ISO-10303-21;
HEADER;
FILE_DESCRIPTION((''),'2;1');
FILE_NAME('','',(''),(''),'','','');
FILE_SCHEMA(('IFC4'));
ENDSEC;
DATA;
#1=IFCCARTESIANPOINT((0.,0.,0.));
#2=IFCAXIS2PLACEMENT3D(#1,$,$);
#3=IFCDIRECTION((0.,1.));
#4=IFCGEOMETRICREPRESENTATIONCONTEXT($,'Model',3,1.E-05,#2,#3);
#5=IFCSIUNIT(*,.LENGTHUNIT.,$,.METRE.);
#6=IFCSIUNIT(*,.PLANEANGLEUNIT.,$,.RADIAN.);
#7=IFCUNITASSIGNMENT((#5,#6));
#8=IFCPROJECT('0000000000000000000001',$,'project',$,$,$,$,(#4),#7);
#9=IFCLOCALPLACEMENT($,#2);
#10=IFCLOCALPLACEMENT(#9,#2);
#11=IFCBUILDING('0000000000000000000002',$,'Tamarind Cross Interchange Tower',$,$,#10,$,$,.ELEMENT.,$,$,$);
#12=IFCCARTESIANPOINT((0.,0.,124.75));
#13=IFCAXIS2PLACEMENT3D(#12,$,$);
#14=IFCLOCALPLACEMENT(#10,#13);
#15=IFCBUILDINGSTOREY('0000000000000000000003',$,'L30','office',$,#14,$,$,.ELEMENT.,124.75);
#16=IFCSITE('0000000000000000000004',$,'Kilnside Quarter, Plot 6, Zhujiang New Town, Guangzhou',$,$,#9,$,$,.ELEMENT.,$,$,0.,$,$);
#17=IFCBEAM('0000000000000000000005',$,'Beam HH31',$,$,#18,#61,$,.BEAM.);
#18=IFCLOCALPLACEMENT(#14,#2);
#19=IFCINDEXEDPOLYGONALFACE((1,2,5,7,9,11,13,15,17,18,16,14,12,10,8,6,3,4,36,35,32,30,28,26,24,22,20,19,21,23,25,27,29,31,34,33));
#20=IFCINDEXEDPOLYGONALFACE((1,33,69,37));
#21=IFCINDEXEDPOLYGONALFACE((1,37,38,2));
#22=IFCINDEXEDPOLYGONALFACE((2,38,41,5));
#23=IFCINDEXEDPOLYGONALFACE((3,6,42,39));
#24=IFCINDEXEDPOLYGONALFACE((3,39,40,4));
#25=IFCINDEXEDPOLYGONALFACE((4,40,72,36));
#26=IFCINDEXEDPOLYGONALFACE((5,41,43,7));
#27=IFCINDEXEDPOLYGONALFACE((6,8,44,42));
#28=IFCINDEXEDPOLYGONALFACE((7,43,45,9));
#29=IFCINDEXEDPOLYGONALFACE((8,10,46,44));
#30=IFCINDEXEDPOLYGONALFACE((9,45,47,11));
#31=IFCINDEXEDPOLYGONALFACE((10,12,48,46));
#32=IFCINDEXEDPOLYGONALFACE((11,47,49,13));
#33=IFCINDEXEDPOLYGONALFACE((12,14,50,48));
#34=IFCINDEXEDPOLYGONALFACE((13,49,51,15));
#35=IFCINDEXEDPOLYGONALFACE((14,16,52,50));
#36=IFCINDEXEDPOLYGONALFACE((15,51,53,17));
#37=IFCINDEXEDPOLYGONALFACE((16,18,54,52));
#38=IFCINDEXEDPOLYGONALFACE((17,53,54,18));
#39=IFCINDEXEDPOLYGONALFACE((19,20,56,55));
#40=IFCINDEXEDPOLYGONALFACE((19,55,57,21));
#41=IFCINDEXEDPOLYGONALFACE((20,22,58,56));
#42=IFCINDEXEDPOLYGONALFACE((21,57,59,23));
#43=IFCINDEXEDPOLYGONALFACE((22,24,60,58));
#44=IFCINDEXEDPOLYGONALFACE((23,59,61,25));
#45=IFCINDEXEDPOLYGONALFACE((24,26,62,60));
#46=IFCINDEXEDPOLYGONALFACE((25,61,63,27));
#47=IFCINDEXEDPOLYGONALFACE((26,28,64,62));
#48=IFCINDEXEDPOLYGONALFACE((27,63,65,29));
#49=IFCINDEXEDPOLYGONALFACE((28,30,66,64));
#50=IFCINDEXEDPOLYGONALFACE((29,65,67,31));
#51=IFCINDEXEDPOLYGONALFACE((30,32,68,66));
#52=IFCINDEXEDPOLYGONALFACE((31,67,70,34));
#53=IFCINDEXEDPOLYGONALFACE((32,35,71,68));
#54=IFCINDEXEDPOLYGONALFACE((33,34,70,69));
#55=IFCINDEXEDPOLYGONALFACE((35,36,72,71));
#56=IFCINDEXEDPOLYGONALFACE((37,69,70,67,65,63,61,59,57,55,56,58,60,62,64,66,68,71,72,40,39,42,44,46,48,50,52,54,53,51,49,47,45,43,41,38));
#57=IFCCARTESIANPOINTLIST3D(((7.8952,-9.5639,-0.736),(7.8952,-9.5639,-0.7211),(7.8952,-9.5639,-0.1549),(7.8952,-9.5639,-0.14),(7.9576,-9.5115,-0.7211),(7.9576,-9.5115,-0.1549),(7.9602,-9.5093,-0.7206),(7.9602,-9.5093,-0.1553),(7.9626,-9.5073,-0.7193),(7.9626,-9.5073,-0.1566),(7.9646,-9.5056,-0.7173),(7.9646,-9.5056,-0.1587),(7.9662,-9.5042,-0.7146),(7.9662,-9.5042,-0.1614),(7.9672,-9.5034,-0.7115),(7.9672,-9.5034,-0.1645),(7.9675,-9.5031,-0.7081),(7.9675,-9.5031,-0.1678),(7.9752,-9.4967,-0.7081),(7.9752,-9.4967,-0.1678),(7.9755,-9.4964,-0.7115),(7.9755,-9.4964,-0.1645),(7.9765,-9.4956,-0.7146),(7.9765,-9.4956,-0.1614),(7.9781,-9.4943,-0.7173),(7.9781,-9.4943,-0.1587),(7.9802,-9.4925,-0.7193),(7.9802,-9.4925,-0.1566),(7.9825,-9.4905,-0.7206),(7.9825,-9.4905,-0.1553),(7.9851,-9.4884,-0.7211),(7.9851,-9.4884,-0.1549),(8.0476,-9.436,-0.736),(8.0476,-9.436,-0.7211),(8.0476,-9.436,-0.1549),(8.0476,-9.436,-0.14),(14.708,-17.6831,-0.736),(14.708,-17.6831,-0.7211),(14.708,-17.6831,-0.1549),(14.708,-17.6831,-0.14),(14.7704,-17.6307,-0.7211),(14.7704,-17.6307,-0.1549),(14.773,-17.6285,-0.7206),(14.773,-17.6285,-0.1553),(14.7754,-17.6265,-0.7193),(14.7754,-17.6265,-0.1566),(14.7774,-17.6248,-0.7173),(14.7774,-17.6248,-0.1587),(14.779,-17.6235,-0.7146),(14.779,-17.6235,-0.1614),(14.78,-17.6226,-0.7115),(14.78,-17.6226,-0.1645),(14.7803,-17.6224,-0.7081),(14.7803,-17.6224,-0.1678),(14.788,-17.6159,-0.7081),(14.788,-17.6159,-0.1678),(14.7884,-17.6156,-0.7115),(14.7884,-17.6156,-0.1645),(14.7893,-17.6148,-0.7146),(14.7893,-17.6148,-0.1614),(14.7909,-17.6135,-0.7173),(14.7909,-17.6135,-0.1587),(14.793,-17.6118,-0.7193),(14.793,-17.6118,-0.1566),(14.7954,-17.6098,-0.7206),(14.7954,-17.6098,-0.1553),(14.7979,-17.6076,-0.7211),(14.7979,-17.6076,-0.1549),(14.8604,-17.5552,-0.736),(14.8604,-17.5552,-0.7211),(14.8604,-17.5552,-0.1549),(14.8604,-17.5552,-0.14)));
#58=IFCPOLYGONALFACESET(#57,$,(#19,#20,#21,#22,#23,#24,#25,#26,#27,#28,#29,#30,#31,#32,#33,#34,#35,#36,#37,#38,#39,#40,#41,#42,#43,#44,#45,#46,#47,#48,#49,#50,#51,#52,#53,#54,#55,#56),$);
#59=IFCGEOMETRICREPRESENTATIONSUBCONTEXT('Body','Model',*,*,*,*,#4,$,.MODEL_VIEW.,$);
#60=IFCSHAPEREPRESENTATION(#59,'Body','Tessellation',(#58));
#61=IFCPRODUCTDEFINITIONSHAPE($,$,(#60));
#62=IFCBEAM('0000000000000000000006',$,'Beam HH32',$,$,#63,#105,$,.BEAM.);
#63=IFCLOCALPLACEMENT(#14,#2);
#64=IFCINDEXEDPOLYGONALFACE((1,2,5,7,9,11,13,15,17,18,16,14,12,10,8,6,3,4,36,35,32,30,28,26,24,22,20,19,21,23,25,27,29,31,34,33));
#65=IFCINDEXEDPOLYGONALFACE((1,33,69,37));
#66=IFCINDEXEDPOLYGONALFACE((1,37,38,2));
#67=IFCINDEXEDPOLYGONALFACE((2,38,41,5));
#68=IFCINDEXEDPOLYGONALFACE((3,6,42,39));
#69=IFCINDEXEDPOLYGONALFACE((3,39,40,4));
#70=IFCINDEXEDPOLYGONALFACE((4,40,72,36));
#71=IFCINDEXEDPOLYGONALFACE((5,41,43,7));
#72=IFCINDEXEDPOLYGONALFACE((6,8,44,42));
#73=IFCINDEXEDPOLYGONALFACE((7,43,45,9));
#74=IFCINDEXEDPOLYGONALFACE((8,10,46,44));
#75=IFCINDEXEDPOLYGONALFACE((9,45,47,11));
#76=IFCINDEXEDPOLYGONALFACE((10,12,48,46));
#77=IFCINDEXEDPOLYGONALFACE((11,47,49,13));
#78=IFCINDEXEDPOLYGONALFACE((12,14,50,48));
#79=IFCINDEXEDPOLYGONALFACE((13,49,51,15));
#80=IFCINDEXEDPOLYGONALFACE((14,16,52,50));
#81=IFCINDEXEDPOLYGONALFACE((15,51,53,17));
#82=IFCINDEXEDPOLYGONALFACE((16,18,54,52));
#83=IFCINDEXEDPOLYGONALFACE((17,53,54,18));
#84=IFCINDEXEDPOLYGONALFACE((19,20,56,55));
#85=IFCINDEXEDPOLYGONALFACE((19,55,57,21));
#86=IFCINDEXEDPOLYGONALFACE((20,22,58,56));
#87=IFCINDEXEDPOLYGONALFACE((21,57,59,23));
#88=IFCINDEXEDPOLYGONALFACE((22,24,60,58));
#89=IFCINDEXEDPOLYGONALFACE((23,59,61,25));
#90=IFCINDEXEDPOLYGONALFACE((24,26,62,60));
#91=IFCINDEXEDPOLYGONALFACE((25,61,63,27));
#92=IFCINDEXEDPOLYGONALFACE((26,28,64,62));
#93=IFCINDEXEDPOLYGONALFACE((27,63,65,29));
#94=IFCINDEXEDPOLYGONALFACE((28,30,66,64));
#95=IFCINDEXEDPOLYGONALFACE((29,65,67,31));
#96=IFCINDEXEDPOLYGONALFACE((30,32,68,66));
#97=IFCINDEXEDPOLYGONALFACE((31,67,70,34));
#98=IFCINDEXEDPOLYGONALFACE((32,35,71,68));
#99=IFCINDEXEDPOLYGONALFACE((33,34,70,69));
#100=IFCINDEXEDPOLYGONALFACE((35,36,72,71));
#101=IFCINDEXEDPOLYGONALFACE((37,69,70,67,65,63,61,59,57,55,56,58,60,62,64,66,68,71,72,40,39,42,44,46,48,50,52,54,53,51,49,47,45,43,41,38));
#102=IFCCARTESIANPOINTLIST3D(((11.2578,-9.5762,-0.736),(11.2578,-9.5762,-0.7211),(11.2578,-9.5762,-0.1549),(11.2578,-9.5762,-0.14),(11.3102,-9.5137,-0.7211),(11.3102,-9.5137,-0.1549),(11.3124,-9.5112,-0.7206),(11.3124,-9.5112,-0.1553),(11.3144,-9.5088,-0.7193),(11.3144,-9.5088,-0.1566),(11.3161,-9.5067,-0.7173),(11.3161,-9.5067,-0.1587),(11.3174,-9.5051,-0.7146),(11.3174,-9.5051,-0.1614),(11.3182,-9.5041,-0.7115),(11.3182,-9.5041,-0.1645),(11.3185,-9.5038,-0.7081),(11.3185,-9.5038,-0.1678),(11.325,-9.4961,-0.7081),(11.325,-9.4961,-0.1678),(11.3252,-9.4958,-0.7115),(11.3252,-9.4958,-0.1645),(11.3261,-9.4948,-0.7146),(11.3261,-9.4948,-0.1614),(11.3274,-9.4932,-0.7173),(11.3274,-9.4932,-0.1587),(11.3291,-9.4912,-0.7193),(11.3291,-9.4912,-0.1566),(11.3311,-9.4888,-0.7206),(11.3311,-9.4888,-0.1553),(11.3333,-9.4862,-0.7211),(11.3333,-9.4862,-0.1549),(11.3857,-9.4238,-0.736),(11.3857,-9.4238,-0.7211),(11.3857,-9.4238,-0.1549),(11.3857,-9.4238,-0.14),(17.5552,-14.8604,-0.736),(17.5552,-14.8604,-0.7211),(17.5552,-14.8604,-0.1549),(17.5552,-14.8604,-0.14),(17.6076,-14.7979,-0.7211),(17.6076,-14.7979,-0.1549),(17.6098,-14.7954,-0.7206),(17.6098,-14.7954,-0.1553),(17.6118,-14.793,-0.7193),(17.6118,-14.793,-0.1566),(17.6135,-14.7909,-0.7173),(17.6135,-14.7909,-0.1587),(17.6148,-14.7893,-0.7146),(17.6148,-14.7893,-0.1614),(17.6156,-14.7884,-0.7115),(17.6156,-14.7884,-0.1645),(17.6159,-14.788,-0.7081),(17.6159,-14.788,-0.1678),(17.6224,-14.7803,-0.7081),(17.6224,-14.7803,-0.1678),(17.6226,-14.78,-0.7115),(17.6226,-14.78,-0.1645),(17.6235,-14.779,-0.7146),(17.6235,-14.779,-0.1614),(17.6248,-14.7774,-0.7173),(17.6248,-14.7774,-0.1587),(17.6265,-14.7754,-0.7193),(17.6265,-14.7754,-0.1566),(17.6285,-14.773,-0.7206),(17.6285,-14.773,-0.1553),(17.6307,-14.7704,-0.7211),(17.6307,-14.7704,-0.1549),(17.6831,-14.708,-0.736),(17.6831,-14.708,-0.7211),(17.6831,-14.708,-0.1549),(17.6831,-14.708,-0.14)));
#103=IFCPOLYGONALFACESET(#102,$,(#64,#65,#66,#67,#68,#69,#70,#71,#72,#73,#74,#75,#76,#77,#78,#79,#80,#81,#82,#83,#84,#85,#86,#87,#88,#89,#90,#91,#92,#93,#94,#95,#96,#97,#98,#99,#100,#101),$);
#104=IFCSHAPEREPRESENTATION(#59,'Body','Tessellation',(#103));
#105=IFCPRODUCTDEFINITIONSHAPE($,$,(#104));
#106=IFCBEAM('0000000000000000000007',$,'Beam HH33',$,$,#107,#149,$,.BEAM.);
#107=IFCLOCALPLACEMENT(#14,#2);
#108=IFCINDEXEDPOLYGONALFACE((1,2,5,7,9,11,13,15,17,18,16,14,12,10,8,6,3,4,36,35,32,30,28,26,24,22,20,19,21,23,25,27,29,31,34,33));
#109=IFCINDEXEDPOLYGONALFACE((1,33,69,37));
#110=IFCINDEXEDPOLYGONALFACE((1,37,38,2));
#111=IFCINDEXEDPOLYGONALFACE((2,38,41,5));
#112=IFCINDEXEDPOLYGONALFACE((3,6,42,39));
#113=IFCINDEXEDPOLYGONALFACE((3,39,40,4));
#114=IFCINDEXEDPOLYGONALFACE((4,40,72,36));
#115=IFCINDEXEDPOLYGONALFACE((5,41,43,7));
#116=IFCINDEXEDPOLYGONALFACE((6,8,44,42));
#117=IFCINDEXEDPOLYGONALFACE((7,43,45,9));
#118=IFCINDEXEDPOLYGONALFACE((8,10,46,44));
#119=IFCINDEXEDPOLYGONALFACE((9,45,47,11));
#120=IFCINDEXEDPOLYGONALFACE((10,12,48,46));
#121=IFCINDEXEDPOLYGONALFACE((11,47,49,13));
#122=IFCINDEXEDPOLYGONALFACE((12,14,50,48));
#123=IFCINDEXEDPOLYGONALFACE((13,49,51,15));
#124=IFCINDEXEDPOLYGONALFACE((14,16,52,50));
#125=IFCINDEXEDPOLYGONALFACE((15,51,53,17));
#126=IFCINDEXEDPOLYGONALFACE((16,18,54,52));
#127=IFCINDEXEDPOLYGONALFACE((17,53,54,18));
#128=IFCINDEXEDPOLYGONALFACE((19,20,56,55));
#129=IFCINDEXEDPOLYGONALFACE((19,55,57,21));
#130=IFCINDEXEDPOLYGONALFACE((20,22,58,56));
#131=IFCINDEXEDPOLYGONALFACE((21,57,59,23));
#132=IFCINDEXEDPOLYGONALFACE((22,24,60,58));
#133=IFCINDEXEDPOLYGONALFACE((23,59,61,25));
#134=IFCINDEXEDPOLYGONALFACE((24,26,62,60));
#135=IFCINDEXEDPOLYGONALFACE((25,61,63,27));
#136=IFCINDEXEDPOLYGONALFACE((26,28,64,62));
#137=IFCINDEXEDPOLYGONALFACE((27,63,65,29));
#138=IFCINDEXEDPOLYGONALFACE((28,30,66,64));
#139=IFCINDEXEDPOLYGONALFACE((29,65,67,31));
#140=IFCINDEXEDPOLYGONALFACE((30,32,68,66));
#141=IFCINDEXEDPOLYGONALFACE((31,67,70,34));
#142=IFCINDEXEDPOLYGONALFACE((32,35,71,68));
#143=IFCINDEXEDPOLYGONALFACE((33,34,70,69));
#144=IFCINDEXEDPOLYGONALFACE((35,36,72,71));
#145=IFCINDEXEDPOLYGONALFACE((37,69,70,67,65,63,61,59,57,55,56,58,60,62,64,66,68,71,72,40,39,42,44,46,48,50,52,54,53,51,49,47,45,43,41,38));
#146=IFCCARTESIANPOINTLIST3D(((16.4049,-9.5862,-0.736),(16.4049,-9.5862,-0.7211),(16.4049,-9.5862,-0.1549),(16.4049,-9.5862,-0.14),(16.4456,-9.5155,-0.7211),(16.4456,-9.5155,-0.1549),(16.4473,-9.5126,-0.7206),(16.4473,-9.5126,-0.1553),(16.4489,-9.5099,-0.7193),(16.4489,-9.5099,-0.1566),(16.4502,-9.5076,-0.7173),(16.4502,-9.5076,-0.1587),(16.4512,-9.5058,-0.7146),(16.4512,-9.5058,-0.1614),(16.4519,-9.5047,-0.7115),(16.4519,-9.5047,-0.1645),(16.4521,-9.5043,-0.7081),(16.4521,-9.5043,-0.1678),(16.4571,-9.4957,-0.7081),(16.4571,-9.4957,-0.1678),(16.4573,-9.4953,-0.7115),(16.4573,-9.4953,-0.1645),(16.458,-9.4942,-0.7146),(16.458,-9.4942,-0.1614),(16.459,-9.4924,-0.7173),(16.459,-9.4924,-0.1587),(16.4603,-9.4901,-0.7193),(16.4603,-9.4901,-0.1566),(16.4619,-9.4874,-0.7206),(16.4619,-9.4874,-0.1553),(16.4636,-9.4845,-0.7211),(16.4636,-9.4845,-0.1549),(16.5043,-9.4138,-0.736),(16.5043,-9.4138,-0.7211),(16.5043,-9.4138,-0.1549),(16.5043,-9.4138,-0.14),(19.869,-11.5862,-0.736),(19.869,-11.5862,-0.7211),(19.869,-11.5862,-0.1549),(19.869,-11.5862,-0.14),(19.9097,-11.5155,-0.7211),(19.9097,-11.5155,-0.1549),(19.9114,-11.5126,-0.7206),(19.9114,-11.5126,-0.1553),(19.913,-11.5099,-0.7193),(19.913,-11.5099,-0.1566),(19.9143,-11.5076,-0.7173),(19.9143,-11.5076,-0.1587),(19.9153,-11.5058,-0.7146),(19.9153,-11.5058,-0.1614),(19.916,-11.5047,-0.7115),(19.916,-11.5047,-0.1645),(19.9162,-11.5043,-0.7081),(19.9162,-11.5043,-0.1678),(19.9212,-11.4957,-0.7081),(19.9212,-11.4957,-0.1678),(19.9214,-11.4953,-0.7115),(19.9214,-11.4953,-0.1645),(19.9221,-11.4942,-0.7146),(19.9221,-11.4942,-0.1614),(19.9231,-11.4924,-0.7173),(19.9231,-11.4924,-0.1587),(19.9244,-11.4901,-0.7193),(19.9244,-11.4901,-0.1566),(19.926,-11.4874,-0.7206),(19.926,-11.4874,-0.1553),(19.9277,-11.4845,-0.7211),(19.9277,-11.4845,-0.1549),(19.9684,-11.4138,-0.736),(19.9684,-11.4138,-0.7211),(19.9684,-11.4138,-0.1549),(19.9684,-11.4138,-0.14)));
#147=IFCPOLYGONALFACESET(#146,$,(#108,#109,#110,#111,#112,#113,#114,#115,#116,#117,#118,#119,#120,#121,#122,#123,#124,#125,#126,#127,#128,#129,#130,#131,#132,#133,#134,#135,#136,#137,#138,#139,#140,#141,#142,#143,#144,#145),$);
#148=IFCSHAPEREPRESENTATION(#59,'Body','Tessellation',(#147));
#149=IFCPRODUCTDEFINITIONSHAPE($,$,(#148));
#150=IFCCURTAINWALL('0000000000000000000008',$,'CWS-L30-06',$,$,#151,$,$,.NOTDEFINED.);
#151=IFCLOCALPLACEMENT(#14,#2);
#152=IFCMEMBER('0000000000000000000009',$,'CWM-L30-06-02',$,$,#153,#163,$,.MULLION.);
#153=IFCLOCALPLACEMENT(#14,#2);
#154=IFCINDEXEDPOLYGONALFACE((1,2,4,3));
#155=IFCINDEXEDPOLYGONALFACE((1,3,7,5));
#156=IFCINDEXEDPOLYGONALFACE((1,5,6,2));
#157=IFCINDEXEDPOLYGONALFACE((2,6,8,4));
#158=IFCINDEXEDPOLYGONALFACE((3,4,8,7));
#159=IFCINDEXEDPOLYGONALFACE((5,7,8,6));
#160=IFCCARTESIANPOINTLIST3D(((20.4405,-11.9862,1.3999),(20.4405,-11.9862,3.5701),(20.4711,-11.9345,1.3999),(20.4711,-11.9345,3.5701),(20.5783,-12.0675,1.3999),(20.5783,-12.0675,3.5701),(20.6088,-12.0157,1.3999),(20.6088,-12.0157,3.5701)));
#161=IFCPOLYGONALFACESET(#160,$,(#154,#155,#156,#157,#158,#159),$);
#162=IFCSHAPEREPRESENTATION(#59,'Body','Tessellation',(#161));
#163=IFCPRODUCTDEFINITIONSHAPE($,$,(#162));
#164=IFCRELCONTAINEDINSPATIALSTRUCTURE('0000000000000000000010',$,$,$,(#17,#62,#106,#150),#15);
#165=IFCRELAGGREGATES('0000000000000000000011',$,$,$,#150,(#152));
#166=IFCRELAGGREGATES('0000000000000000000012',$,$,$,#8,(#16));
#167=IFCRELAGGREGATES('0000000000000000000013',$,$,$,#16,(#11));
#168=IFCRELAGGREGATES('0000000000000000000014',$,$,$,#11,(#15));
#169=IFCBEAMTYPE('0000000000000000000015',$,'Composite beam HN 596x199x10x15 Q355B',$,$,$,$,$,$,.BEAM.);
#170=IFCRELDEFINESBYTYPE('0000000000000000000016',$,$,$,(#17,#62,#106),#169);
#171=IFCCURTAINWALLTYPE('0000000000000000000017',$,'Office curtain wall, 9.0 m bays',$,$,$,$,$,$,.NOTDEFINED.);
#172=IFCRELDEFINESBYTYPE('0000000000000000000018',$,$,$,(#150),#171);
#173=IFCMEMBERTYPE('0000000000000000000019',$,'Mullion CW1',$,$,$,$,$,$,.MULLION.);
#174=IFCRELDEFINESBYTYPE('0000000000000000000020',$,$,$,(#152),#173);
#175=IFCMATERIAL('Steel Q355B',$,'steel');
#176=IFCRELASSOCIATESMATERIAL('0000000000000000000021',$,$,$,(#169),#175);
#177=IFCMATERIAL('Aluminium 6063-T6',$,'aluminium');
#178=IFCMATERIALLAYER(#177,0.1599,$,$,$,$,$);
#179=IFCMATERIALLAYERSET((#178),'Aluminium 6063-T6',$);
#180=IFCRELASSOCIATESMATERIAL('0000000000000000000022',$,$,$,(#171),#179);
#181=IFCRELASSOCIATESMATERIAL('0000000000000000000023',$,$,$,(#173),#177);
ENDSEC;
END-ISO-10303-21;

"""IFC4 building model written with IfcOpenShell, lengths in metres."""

from ifc_helpers import new_model, si_unit, direction, frame, origin, origin_2d, place, context, subcontext, project, spatial, rectangle, i_section, extrude, material, layer, layer_set, material_profile, profile_set, type_object, element, aggregate, save


model = new_model("IFC4")

# Units and contexts
model_context = context("Model", 3, precision=1e-05, world=origin(), true_north=direction((0.0, 1.0)))
body_context = subcontext(model_context, "Body", "Model", "MODEL_VIEW")
ifc_project = project(units=[si_unit("LENGTHUNIT", "METRE"), si_unit("PLANEANGLEUNIT", "RADIAN")], contexts=[model_context])

# Site, building, storey
site_placement = place(None, origin())
site = spatial("IfcSite", under=ifc_project, at=site_placement, Name="Kilnside Quarter, Plot 6, Zhujiang New Town, Guangzhou", CompositionType="ELEMENT", RefElevation=0.0)
building_placement = place(site_placement, origin())
building = spatial("IfcBuilding", under=site, at=building_placement, Name="Tamarind Cross Interchange Tower", CompositionType="ELEMENT")
storey_placement = place(building_placement, frame((0.0, 0.0, 124.75)))
storey = spatial("IfcBuildingStorey", under=building, at=storey_placement, Name="L30", Description="office", CompositionType="ELEMENT", Elevation=124.75)

# Beams
ifc_material_1 = material(Name="Steel Q355B", Category="steel")
ifc_material_profile_1 = material_profile(ifc_material_1, i_section(OverallWidth=0.199, OverallDepth=0.5959, WebThickness=0.01, FlangeThickness=0.0149, FilletRadius=0.0129, at=origin_2d()), Name="HN 596x199x10x15")
ifc_profile_set_1 = profile_set([ifc_material_profile_1], Name="Steel Q355B")
beam_type = type_object("IfcBeamType", Name="Composite beam HN 596x199x10x15 Q355B", PredefinedType="BEAM", material=ifc_profile_set_1)
beam_1_placement = place(storey_placement, frame((14.7842, -17.6191, -0.438), z_axis=(-0.642786, 0.766046, 0.0), x_axis=(-0.766046, -0.642786, 0.0)))
element("IfcBeam", 1, at=beam_1_placement, inside=storey, type_object=beam_type, Name="Beam HH31", PredefinedType="BEAM", context=body_context, shape_type="SweptSolid", body=[
    extrude(i_section(OverallWidth=0.199, OverallDepth=0.5959, WebThickness=0.01, FlangeThickness=0.0149, FilletRadius=0.0129, at=origin_2d()), origin(), (0.0, 0.0, 1.0), 10.5989),
])
beam_2_placement = place(storey_placement, frame((17.6191, -14.7842, -0.438), z_axis=(-0.766041, 0.642792, 0.0), x_axis=(-0.642792, -0.766041, 0.0)))
element("IfcBeam", 2, at=beam_2_placement, inside=storey, type_object=beam_type, Name="Beam HH32", PredefinedType="BEAM", context=body_context, shape_type="SweptSolid", body=[
    extrude(i_section(OverallWidth=0.199, OverallDepth=0.5959, WebThickness=0.01, FlangeThickness=0.0149, FilletRadius=0.0129, at=origin_2d()), origin(), (0.0, 0.0, 1.0), 8.2207),
])
beam_3_placement = place(storey_placement, frame((19.9187, -11.5, -0.438), z_axis=(-0.866026, 0.499999, 0.0), x_axis=(-0.499999, -0.866026, 0.0)))
element("IfcBeam", 3, at=beam_3_placement, inside=storey, type_object=beam_type, Name="Beam HH33", PredefinedType="BEAM", context=body_context, shape_type="SweptSolid", body=[
    extrude(i_section(OverallWidth=0.199, OverallDepth=0.5959, WebThickness=0.01, FlangeThickness=0.0149, FilletRadius=0.0129, at=origin_2d()), origin(), (0.0, 0.0, 1.0), 4.0),
])

# Curtain wall, member
ifc_material_2 = material(Name="Aluminium 6063-T6", Category="aluminium")
ifc_layer_1 = layer(ifc_material_2, 0.1599)
ifc_layer_set_1 = layer_set([ifc_layer_1], Name="Aluminium 6063-T6")
curtain_wall_type = type_object("IfcCurtainWallType", Name="Office curtain wall, 9.0 m bays", PredefinedType="NOTDEFINED", material=ifc_layer_set_1)
curtain_wall_placement = place(storey_placement, origin())
curtain_wall = element("IfcCurtainWall", 4, at=curtain_wall_placement, inside=storey, type_object=curtain_wall_type, Name="CWS-L30-06", PredefinedType="NOTDEFINED")
ifc_material_profile_2 = material_profile(ifc_material_2, rectangle(XDim=0.0601, YDim=0.1599, at=origin_2d()), Name="Mullion CW1")
ifc_profile_set_2 = profile_set([ifc_material_profile_2], Name="Aluminium 6063-T6")
member_type = type_object("IfcMemberType", Name="Mullion CW1", PredefinedType="MULLION", material=ifc_profile_set_2)
member_placement = place(storey_placement, frame((20.5247, -12.001, 1.3999), z_axis=(0.0, 0.0, 1.0), x_axis=(0.508183, 0.861249, 0.0)))
member = element("IfcMember", 5, at=member_placement, type_object=member_type, Name="CWM-L30-06-02", PredefinedType="MULLION", context=body_context, shape_type="SweptSolid", body=[
    extrude(rectangle(XDim=0.0601, YDim=0.1599, at=origin_2d()), origin(), (0.0, 0.0, 1.0), 2.1702),
])
aggregate(curtain_wall, [member])

save(model, "model.ifc")
